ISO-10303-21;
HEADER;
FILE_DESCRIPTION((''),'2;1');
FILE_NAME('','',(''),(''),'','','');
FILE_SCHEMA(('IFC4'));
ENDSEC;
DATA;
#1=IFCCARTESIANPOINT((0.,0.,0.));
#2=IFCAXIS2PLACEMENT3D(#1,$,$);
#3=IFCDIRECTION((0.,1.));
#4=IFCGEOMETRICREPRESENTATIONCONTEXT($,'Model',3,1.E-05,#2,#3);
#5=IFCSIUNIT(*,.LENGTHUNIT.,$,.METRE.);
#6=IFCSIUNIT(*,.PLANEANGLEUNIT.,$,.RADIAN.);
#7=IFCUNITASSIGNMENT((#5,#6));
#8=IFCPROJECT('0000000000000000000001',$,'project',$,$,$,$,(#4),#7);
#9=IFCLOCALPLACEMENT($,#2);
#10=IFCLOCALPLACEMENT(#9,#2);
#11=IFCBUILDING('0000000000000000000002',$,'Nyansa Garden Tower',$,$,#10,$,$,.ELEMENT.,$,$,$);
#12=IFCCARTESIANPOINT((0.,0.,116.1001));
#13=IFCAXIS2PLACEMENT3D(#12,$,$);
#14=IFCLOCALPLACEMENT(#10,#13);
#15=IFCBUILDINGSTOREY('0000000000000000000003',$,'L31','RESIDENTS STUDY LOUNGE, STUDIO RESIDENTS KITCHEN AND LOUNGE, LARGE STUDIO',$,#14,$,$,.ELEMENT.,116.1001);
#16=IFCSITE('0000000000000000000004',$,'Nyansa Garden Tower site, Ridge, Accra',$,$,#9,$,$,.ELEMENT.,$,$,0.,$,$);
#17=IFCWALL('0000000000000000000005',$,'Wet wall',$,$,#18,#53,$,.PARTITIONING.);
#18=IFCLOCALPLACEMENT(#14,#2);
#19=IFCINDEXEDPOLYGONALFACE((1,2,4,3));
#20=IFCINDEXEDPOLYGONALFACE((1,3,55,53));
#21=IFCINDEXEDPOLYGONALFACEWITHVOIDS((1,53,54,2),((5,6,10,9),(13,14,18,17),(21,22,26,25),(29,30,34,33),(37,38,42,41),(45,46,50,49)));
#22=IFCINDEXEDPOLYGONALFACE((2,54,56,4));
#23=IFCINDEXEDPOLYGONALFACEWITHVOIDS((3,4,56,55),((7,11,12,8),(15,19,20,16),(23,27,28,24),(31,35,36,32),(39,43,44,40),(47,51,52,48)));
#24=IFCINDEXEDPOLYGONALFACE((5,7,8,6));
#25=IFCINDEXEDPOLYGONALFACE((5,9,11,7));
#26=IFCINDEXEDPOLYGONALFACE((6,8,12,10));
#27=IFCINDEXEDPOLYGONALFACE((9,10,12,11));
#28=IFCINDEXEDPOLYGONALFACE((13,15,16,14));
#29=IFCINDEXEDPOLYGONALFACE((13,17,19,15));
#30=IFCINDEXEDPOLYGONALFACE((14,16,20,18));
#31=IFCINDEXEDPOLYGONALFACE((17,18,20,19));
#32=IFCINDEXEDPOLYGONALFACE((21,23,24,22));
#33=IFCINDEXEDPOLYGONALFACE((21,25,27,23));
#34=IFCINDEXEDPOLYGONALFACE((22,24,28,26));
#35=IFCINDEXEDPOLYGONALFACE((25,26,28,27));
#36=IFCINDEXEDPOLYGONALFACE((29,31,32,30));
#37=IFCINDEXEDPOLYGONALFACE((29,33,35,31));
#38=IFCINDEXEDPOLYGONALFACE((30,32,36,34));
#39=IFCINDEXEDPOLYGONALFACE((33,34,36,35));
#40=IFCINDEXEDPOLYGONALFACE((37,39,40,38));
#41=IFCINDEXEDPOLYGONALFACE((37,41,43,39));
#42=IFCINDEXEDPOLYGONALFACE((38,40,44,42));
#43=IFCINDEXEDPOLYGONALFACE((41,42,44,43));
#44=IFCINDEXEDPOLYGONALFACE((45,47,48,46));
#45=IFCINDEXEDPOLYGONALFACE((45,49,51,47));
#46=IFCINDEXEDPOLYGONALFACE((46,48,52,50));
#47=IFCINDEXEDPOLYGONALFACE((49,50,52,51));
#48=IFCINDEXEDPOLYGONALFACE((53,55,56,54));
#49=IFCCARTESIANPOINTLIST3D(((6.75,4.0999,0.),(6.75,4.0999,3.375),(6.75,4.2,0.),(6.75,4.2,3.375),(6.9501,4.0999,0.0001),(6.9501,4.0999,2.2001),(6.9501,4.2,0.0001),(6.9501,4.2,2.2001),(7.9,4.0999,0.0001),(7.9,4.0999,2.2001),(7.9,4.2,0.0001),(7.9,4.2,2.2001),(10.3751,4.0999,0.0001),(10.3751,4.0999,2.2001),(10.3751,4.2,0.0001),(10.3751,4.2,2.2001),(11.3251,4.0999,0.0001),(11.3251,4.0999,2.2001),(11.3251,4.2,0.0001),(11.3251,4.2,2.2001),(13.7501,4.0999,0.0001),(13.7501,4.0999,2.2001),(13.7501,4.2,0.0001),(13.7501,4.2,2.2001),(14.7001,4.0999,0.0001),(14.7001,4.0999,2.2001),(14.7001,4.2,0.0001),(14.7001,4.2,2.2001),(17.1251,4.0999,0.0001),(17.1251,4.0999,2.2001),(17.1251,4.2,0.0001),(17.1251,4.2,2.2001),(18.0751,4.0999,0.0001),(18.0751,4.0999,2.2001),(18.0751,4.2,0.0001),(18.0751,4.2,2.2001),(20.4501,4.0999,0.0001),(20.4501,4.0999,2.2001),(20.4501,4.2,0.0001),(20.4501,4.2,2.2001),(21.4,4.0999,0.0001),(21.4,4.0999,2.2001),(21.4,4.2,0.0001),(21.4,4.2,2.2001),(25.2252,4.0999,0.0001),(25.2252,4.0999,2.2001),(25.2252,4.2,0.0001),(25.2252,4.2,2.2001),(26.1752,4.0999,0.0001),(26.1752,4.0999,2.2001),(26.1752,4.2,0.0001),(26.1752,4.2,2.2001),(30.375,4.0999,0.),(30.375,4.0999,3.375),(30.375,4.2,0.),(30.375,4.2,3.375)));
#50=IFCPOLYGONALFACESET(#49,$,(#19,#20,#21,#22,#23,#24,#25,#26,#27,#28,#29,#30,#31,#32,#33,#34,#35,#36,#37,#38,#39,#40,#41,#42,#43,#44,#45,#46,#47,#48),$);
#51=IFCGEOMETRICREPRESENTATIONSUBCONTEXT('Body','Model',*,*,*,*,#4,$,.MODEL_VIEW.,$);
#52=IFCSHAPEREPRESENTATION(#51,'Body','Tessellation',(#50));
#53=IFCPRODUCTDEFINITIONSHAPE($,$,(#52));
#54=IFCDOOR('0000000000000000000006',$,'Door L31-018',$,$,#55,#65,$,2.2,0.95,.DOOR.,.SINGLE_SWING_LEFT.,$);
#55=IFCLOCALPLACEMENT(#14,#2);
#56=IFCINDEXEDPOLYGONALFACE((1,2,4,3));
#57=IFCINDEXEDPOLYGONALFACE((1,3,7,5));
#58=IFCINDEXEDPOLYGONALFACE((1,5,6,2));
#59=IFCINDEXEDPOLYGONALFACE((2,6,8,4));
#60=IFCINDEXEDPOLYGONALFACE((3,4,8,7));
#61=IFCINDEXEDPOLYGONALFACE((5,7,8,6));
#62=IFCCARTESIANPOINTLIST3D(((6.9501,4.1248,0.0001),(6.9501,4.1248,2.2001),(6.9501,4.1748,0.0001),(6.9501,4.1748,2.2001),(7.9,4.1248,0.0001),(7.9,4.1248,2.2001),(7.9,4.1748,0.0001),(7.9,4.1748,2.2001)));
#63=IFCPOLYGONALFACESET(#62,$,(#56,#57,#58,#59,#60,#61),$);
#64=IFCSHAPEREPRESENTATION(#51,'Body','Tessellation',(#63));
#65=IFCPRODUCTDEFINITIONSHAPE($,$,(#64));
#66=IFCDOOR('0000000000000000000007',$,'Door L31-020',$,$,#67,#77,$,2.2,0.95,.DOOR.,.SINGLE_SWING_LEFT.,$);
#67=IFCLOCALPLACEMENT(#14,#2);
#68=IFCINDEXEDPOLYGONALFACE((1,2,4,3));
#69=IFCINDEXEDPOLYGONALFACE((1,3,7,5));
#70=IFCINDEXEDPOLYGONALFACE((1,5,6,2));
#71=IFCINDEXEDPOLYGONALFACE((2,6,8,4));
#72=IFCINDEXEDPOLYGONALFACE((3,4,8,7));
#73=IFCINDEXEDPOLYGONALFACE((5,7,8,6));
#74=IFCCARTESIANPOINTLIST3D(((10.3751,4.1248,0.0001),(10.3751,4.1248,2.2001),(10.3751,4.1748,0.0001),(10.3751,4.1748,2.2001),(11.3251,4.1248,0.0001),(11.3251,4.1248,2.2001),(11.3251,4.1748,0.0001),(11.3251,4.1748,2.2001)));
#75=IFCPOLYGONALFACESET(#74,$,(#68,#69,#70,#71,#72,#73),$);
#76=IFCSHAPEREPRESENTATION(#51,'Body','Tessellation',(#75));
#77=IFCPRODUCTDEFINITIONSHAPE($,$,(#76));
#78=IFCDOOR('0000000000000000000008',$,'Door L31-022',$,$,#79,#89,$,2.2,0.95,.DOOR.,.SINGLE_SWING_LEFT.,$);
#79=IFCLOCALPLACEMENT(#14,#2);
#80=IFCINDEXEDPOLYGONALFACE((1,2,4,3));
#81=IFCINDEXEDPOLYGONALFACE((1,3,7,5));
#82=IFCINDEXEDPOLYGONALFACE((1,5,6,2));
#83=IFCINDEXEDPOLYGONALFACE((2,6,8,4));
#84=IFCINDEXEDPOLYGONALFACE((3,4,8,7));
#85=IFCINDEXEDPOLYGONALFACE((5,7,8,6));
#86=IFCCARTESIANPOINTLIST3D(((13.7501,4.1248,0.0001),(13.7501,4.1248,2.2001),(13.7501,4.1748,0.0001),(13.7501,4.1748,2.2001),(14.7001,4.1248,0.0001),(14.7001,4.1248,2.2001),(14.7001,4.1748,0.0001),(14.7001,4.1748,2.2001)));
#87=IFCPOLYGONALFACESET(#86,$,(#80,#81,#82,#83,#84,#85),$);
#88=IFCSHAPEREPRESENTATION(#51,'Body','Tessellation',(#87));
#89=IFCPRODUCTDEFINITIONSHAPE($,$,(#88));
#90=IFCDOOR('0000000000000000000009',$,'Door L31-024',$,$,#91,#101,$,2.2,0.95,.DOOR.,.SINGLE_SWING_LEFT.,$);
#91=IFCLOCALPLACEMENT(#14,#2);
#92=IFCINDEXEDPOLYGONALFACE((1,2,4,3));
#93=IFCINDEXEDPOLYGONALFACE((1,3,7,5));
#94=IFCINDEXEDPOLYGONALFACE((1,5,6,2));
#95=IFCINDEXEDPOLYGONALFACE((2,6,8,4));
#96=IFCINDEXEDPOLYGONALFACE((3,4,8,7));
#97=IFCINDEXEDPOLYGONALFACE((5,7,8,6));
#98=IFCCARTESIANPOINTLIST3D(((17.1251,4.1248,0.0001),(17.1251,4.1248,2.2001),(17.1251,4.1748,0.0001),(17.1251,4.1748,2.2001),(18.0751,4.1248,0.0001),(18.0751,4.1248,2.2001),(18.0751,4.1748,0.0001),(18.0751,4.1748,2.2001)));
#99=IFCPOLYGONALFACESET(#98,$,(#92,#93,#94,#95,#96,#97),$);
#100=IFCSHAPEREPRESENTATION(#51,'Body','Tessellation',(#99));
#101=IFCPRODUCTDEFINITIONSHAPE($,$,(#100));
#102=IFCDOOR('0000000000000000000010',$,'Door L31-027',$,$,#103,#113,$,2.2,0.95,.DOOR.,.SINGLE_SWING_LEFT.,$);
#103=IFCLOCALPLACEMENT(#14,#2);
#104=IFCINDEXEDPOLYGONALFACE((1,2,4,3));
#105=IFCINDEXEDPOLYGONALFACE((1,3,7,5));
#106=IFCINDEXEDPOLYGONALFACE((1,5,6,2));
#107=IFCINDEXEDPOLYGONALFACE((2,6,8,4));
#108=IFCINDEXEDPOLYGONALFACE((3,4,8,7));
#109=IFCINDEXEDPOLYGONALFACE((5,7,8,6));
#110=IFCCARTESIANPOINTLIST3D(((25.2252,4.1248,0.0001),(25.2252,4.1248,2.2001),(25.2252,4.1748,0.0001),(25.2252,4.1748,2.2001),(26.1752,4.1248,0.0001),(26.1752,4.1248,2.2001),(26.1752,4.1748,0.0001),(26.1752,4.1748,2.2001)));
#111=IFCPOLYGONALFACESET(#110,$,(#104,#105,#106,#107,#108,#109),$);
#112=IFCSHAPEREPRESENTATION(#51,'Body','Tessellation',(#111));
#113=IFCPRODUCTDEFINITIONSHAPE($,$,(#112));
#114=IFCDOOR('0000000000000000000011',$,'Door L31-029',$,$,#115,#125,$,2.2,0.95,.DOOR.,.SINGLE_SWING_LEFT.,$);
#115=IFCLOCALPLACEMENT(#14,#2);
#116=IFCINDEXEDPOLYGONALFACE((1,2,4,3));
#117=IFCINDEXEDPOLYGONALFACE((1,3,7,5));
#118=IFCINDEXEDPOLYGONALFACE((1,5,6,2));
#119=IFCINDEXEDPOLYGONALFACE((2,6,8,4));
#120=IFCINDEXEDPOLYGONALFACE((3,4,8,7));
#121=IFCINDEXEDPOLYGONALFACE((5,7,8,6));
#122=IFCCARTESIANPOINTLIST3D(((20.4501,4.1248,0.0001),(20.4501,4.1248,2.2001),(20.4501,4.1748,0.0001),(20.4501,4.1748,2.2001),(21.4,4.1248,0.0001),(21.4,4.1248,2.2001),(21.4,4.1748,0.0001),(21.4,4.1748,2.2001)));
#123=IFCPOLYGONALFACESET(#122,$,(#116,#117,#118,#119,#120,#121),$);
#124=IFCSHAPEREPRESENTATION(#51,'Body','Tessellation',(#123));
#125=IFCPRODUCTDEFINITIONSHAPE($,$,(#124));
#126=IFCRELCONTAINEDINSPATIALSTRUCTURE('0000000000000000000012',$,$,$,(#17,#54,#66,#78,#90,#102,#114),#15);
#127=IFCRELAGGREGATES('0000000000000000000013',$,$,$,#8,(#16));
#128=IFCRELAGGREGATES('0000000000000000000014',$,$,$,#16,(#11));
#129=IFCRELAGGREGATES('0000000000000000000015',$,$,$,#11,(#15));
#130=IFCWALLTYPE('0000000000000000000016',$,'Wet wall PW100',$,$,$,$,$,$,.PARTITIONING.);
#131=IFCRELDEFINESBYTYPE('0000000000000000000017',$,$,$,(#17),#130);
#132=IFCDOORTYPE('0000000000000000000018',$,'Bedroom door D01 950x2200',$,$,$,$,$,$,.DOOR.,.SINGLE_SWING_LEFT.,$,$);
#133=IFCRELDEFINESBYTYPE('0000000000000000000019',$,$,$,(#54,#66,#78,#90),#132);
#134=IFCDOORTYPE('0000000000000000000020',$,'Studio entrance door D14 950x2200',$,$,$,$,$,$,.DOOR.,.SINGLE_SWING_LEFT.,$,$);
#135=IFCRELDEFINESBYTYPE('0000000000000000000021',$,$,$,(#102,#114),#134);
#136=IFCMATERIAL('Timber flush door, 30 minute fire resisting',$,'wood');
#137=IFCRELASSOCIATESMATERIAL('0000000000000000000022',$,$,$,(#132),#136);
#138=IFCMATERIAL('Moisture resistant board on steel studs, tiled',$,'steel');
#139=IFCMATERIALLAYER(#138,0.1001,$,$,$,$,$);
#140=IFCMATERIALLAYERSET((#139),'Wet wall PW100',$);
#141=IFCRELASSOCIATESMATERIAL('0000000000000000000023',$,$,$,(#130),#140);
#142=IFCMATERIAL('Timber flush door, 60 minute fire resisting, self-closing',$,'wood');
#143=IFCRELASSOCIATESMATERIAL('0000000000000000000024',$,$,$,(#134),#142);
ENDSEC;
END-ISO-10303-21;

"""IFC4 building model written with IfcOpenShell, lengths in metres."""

from ifc_helpers import new_model, si_unit, direction, frame, frame_2d, origin, place, context, subcontext, project, spatial, rectangle, extrude, material, layer, layer_set, type_object, element, fill, save


model = new_model("IFC4")

# Units and contexts
model_context = context("Model", 3, precision=1e-05, world=origin(), true_north=direction((0.0, 1.0)))
body_context = subcontext(model_context, "Body", "Model", "MODEL_VIEW")
ifc_project = project(units=[si_unit("LENGTHUNIT", "METRE"), si_unit("PLANEANGLEUNIT", "RADIAN")], contexts=[model_context])

# Site, building, storey
site_placement = place(None, origin())
site = spatial("IfcSite", under=ifc_project, at=site_placement, Name="Nyansa Garden Tower site, Ridge, Accra", CompositionType="ELEMENT", RefElevation=0.0)
building_placement = place(site_placement, origin())
building = spatial("IfcBuilding", under=site, at=building_placement, Name="Nyansa Garden Tower", CompositionType="ELEMENT")
storey_placement = place(building_placement, frame((0.0, 0.0, 116.1001)))
storey = spatial("IfcBuildingStorey", under=building, at=storey_placement, Name="L31", Description="RESIDENTS STUDY LOUNGE, STUDIO RESIDENTS KITCHEN AND LOUNGE, LARGE STUDIO", CompositionType="ELEMENT", Elevation=116.1001)

# Wall, openings, doors
ifc_material_1 = material(Name="Timber flush door, 30 minute fire resisting", Category="wood")
door_type_1 = type_object("IfcDoorType", Name="Bedroom door D01 950x2200", OperationType="SINGLE_SWING_LEFT", PredefinedType="DOOR", material=ifc_material_1)
ifc_material_2 = material(Name="Moisture resistant board on steel studs, tiled", Category="steel")
ifc_layer_1 = layer(ifc_material_2, 0.1001)
ifc_layer_set_1 = layer_set([ifc_layer_1], Name="Wet wall PW100")
wall_type_1 = type_object("IfcWallType", Name="Wet wall PW100", PredefinedType="PARTITIONING", material=ifc_layer_set_1)
wall_1_placement = place(storey_placement, frame((6.75, 4.1499, 0.0), z_axis=(0.0, 0.0, 1.0), x_axis=(1.0, 0.0, 0.0)))
wall_1 = element("IfcWall", 1, at=wall_1_placement, inside=storey, type_object=wall_type_1, Name="Wet wall", PredefinedType="PARTITIONING", context=body_context, shape_type="SweptSolid", body=[
    extrude(rectangle(XDim=23.625, YDim=0.1001, at=frame_2d((11.8125, 0.0))), origin(), (0.0, 0.0, 1.0), 3.375),
])
opening_1_placement = place(wall_1_placement, frame((0.2, 0.0, 0.0)))
opening_1 = element("IfcOpeningElement", 2, at=opening_1_placement, cuts=wall_1, PredefinedType="OPENING", context=body_context, shape_type="SweptSolid", body=[
    extrude(rectangle(XDim=0.95, YDim=2.2, at=frame_2d((0.4751, 1.1001))), frame((0.0, 0.0601, 0.0), z_axis=(0.0, -1.0, 0.0), x_axis=(1.0, 0.0, 0.0)), (0.0, 0.0, 1.0), 0.1201),
])
opening_2_placement = place(wall_1_placement, frame((3.625, 0.0, 0.0)))
opening_2 = element("IfcOpeningElement", 3, at=opening_2_placement, cuts=wall_1, PredefinedType="OPENING", context=body_context, shape_type="SweptSolid", body=[
    extrude(rectangle(XDim=0.95, YDim=2.2, at=frame_2d((0.4751, 1.1001))), frame((0.0, 0.0601, 0.0), z_axis=(0.0, -1.0, 0.0), x_axis=(1.0, 0.0, 0.0)), (0.0, 0.0, 1.0), 0.1201),
])
opening_3_placement = place(wall_1_placement, frame((7.0, 0.0, 0.0)))
opening_3 = element("IfcOpeningElement", 4, at=opening_3_placement, cuts=wall_1, PredefinedType="OPENING", context=body_context, shape_type="SweptSolid", body=[
    extrude(rectangle(XDim=0.95, YDim=2.2, at=frame_2d((0.4751, 1.1001))), frame((0.0, 0.0601, 0.0), z_axis=(0.0, -1.0, 0.0), x_axis=(1.0, 0.0, 0.0)), (0.0, 0.0, 1.0), 0.1201),
])
opening_4_placement = place(wall_1_placement, frame((10.375, 0.0, 0.0)))
opening_4 = element("IfcOpeningElement", 5, at=opening_4_placement, cuts=wall_1, PredefinedType="OPENING", context=body_context, shape_type="SweptSolid", body=[
    extrude(rectangle(XDim=0.95, YDim=2.2, at=frame_2d((0.4751, 1.1001))), frame((0.0, 0.0601, 0.0), z_axis=(0.0, -1.0, 0.0), x_axis=(1.0, 0.0, 0.0)), (0.0, 0.0, 1.0), 0.1201),
])
opening_5_placement = place(wall_1_placement, frame((18.4751, 0.0, 0.0)))
opening_5 = element("IfcOpeningElement", 6, at=opening_5_placement, cuts=wall_1, PredefinedType="OPENING", context=body_context, shape_type="SweptSolid", body=[
    extrude(rectangle(XDim=0.95, YDim=2.2, at=frame_2d((0.4751, 1.1001))), frame((0.0, 0.0601, 0.0), z_axis=(0.0, -1.0, 0.0), x_axis=(1.0, 0.0, 0.0)), (0.0, 0.0, 1.0), 0.1201),
])
opening_6_placement = place(wall_1_placement, frame((13.7, 0.0, 0.0)))
opening_6 = element("IfcOpeningElement", 7, at=opening_6_placement, cuts=wall_1, PredefinedType="OPENING", context=body_context, shape_type="SweptSolid", body=[
    extrude(rectangle(XDim=0.95, YDim=2.2, at=frame_2d((0.4751, 1.1001))), frame((0.0, 0.0601, 0.0), z_axis=(0.0, -1.0, 0.0), x_axis=(1.0, 0.0, 0.0)), (0.0, 0.0, 1.0), 0.1201),
])
door_1_placement = place(opening_1_placement, origin())
door_1 = element("IfcDoor", 8, at=door_1_placement, inside=storey, type_object=door_type_1, Name="Door L31-018", OperationType="SINGLE_SWING_LEFT", OverallHeight=2.2, OverallWidth=0.95, PredefinedType="DOOR", context=body_context, shape_type="SweptSolid", body=[
    extrude(rectangle(XDim=0.95, YDim=2.2, at=frame_2d((0.4751, 1.1001))), frame((0.0, 0.0249, 0.0), z_axis=(0.0, -1.0, 0.0), x_axis=(1.0, 0.0, 0.0)), (0.0, 0.0, 1.0), 0.05),
])
fill(opening_1, door_1)
door_2_placement = place(opening_2_placement, origin())
door_2 = element("IfcDoor", 9, at=door_2_placement, inside=storey, type_object=door_type_1, Name="Door L31-020", OperationType="SINGLE_SWING_LEFT", OverallHeight=2.2, OverallWidth=0.95, PredefinedType="DOOR", context=body_context, shape_type="SweptSolid", body=[
    extrude(rectangle(XDim=0.95, YDim=2.2, at=frame_2d((0.4751, 1.1001))), frame((0.0, 0.0249, 0.0), z_axis=(0.0, -1.0, 0.0), x_axis=(1.0, 0.0, 0.0)), (0.0, 0.0, 1.0), 0.05),
])
fill(opening_2, door_2)
door_3_placement = place(opening_3_placement, origin())
door_3 = element("IfcDoor", 10, at=door_3_placement, inside=storey, type_object=door_type_1, Name="Door L31-022", OperationType="SINGLE_SWING_LEFT", OverallHeight=2.2, OverallWidth=0.95, PredefinedType="DOOR", context=body_context, shape_type="SweptSolid", body=[
    extrude(rectangle(XDim=0.95, YDim=2.2, at=frame_2d((0.4751, 1.1001))), frame((0.0, 0.0249, 0.0), z_axis=(0.0, -1.0, 0.0), x_axis=(1.0, 0.0, 0.0)), (0.0, 0.0, 1.0), 0.05),
])
fill(opening_3, door_3)
door_4_placement = place(opening_4_placement, origin())
door_4 = element("IfcDoor", 11, at=door_4_placement, inside=storey, type_object=door_type_1, Name="Door L31-024", OperationType="SINGLE_SWING_LEFT", OverallHeight=2.2, OverallWidth=0.95, PredefinedType="DOOR", context=body_context, shape_type="SweptSolid", body=[
    extrude(rectangle(XDim=0.95, YDim=2.2, at=frame_2d((0.4751, 1.1001))), frame((0.0, 0.0249, 0.0), z_axis=(0.0, -1.0, 0.0), x_axis=(1.0, 0.0, 0.0)), (0.0, 0.0, 1.0), 0.05),
])
fill(opening_4, door_4)
ifc_material_3 = material(Name="Timber flush door, 60 minute fire resisting, self-closing", Category="wood")
door_type_2 = type_object("IfcDoorType", Name="Studio entrance door D14 950x2200", OperationType="SINGLE_SWING_LEFT", PredefinedType="DOOR", material=ifc_material_3)
door_5_placement = place(opening_5_placement, origin())
door_5 = element("IfcDoor", 12, at=door_5_placement, inside=storey, type_object=door_type_2, Name="Door L31-027", OperationType="SINGLE_SWING_LEFT", OverallHeight=2.2, OverallWidth=0.95, PredefinedType="DOOR", context=body_context, shape_type="SweptSolid", body=[
    extrude(rectangle(XDim=0.95, YDim=2.2, at=frame_2d((0.4751, 1.1001))), frame((0.0, 0.0249, 0.0), z_axis=(0.0, -1.0, 0.0), x_axis=(1.0, 0.0, 0.0)), (0.0, 0.0, 1.0), 0.05),
])
fill(opening_5, door_5)
door_6_placement = place(opening_6_placement, origin())
door_6 = element("IfcDoor", 13, at=door_6_placement, inside=storey, type_object=door_type_2, Name="Door L31-029", OperationType="SINGLE_SWING_LEFT", OverallHeight=2.2, OverallWidth=0.95, PredefinedType="DOOR", context=body_context, shape_type="SweptSolid", body=[
    extrude(rectangle(XDim=0.95, YDim=2.2, at=frame_2d((0.4751, 1.1001))), frame((0.0, 0.0249, 0.0), z_axis=(0.0, -1.0, 0.0), x_axis=(1.0, 0.0, 0.0)), (0.0, 0.0, 1.0), 0.05),
])
fill(opening_6, door_6)

save(model, "model.ifc")
